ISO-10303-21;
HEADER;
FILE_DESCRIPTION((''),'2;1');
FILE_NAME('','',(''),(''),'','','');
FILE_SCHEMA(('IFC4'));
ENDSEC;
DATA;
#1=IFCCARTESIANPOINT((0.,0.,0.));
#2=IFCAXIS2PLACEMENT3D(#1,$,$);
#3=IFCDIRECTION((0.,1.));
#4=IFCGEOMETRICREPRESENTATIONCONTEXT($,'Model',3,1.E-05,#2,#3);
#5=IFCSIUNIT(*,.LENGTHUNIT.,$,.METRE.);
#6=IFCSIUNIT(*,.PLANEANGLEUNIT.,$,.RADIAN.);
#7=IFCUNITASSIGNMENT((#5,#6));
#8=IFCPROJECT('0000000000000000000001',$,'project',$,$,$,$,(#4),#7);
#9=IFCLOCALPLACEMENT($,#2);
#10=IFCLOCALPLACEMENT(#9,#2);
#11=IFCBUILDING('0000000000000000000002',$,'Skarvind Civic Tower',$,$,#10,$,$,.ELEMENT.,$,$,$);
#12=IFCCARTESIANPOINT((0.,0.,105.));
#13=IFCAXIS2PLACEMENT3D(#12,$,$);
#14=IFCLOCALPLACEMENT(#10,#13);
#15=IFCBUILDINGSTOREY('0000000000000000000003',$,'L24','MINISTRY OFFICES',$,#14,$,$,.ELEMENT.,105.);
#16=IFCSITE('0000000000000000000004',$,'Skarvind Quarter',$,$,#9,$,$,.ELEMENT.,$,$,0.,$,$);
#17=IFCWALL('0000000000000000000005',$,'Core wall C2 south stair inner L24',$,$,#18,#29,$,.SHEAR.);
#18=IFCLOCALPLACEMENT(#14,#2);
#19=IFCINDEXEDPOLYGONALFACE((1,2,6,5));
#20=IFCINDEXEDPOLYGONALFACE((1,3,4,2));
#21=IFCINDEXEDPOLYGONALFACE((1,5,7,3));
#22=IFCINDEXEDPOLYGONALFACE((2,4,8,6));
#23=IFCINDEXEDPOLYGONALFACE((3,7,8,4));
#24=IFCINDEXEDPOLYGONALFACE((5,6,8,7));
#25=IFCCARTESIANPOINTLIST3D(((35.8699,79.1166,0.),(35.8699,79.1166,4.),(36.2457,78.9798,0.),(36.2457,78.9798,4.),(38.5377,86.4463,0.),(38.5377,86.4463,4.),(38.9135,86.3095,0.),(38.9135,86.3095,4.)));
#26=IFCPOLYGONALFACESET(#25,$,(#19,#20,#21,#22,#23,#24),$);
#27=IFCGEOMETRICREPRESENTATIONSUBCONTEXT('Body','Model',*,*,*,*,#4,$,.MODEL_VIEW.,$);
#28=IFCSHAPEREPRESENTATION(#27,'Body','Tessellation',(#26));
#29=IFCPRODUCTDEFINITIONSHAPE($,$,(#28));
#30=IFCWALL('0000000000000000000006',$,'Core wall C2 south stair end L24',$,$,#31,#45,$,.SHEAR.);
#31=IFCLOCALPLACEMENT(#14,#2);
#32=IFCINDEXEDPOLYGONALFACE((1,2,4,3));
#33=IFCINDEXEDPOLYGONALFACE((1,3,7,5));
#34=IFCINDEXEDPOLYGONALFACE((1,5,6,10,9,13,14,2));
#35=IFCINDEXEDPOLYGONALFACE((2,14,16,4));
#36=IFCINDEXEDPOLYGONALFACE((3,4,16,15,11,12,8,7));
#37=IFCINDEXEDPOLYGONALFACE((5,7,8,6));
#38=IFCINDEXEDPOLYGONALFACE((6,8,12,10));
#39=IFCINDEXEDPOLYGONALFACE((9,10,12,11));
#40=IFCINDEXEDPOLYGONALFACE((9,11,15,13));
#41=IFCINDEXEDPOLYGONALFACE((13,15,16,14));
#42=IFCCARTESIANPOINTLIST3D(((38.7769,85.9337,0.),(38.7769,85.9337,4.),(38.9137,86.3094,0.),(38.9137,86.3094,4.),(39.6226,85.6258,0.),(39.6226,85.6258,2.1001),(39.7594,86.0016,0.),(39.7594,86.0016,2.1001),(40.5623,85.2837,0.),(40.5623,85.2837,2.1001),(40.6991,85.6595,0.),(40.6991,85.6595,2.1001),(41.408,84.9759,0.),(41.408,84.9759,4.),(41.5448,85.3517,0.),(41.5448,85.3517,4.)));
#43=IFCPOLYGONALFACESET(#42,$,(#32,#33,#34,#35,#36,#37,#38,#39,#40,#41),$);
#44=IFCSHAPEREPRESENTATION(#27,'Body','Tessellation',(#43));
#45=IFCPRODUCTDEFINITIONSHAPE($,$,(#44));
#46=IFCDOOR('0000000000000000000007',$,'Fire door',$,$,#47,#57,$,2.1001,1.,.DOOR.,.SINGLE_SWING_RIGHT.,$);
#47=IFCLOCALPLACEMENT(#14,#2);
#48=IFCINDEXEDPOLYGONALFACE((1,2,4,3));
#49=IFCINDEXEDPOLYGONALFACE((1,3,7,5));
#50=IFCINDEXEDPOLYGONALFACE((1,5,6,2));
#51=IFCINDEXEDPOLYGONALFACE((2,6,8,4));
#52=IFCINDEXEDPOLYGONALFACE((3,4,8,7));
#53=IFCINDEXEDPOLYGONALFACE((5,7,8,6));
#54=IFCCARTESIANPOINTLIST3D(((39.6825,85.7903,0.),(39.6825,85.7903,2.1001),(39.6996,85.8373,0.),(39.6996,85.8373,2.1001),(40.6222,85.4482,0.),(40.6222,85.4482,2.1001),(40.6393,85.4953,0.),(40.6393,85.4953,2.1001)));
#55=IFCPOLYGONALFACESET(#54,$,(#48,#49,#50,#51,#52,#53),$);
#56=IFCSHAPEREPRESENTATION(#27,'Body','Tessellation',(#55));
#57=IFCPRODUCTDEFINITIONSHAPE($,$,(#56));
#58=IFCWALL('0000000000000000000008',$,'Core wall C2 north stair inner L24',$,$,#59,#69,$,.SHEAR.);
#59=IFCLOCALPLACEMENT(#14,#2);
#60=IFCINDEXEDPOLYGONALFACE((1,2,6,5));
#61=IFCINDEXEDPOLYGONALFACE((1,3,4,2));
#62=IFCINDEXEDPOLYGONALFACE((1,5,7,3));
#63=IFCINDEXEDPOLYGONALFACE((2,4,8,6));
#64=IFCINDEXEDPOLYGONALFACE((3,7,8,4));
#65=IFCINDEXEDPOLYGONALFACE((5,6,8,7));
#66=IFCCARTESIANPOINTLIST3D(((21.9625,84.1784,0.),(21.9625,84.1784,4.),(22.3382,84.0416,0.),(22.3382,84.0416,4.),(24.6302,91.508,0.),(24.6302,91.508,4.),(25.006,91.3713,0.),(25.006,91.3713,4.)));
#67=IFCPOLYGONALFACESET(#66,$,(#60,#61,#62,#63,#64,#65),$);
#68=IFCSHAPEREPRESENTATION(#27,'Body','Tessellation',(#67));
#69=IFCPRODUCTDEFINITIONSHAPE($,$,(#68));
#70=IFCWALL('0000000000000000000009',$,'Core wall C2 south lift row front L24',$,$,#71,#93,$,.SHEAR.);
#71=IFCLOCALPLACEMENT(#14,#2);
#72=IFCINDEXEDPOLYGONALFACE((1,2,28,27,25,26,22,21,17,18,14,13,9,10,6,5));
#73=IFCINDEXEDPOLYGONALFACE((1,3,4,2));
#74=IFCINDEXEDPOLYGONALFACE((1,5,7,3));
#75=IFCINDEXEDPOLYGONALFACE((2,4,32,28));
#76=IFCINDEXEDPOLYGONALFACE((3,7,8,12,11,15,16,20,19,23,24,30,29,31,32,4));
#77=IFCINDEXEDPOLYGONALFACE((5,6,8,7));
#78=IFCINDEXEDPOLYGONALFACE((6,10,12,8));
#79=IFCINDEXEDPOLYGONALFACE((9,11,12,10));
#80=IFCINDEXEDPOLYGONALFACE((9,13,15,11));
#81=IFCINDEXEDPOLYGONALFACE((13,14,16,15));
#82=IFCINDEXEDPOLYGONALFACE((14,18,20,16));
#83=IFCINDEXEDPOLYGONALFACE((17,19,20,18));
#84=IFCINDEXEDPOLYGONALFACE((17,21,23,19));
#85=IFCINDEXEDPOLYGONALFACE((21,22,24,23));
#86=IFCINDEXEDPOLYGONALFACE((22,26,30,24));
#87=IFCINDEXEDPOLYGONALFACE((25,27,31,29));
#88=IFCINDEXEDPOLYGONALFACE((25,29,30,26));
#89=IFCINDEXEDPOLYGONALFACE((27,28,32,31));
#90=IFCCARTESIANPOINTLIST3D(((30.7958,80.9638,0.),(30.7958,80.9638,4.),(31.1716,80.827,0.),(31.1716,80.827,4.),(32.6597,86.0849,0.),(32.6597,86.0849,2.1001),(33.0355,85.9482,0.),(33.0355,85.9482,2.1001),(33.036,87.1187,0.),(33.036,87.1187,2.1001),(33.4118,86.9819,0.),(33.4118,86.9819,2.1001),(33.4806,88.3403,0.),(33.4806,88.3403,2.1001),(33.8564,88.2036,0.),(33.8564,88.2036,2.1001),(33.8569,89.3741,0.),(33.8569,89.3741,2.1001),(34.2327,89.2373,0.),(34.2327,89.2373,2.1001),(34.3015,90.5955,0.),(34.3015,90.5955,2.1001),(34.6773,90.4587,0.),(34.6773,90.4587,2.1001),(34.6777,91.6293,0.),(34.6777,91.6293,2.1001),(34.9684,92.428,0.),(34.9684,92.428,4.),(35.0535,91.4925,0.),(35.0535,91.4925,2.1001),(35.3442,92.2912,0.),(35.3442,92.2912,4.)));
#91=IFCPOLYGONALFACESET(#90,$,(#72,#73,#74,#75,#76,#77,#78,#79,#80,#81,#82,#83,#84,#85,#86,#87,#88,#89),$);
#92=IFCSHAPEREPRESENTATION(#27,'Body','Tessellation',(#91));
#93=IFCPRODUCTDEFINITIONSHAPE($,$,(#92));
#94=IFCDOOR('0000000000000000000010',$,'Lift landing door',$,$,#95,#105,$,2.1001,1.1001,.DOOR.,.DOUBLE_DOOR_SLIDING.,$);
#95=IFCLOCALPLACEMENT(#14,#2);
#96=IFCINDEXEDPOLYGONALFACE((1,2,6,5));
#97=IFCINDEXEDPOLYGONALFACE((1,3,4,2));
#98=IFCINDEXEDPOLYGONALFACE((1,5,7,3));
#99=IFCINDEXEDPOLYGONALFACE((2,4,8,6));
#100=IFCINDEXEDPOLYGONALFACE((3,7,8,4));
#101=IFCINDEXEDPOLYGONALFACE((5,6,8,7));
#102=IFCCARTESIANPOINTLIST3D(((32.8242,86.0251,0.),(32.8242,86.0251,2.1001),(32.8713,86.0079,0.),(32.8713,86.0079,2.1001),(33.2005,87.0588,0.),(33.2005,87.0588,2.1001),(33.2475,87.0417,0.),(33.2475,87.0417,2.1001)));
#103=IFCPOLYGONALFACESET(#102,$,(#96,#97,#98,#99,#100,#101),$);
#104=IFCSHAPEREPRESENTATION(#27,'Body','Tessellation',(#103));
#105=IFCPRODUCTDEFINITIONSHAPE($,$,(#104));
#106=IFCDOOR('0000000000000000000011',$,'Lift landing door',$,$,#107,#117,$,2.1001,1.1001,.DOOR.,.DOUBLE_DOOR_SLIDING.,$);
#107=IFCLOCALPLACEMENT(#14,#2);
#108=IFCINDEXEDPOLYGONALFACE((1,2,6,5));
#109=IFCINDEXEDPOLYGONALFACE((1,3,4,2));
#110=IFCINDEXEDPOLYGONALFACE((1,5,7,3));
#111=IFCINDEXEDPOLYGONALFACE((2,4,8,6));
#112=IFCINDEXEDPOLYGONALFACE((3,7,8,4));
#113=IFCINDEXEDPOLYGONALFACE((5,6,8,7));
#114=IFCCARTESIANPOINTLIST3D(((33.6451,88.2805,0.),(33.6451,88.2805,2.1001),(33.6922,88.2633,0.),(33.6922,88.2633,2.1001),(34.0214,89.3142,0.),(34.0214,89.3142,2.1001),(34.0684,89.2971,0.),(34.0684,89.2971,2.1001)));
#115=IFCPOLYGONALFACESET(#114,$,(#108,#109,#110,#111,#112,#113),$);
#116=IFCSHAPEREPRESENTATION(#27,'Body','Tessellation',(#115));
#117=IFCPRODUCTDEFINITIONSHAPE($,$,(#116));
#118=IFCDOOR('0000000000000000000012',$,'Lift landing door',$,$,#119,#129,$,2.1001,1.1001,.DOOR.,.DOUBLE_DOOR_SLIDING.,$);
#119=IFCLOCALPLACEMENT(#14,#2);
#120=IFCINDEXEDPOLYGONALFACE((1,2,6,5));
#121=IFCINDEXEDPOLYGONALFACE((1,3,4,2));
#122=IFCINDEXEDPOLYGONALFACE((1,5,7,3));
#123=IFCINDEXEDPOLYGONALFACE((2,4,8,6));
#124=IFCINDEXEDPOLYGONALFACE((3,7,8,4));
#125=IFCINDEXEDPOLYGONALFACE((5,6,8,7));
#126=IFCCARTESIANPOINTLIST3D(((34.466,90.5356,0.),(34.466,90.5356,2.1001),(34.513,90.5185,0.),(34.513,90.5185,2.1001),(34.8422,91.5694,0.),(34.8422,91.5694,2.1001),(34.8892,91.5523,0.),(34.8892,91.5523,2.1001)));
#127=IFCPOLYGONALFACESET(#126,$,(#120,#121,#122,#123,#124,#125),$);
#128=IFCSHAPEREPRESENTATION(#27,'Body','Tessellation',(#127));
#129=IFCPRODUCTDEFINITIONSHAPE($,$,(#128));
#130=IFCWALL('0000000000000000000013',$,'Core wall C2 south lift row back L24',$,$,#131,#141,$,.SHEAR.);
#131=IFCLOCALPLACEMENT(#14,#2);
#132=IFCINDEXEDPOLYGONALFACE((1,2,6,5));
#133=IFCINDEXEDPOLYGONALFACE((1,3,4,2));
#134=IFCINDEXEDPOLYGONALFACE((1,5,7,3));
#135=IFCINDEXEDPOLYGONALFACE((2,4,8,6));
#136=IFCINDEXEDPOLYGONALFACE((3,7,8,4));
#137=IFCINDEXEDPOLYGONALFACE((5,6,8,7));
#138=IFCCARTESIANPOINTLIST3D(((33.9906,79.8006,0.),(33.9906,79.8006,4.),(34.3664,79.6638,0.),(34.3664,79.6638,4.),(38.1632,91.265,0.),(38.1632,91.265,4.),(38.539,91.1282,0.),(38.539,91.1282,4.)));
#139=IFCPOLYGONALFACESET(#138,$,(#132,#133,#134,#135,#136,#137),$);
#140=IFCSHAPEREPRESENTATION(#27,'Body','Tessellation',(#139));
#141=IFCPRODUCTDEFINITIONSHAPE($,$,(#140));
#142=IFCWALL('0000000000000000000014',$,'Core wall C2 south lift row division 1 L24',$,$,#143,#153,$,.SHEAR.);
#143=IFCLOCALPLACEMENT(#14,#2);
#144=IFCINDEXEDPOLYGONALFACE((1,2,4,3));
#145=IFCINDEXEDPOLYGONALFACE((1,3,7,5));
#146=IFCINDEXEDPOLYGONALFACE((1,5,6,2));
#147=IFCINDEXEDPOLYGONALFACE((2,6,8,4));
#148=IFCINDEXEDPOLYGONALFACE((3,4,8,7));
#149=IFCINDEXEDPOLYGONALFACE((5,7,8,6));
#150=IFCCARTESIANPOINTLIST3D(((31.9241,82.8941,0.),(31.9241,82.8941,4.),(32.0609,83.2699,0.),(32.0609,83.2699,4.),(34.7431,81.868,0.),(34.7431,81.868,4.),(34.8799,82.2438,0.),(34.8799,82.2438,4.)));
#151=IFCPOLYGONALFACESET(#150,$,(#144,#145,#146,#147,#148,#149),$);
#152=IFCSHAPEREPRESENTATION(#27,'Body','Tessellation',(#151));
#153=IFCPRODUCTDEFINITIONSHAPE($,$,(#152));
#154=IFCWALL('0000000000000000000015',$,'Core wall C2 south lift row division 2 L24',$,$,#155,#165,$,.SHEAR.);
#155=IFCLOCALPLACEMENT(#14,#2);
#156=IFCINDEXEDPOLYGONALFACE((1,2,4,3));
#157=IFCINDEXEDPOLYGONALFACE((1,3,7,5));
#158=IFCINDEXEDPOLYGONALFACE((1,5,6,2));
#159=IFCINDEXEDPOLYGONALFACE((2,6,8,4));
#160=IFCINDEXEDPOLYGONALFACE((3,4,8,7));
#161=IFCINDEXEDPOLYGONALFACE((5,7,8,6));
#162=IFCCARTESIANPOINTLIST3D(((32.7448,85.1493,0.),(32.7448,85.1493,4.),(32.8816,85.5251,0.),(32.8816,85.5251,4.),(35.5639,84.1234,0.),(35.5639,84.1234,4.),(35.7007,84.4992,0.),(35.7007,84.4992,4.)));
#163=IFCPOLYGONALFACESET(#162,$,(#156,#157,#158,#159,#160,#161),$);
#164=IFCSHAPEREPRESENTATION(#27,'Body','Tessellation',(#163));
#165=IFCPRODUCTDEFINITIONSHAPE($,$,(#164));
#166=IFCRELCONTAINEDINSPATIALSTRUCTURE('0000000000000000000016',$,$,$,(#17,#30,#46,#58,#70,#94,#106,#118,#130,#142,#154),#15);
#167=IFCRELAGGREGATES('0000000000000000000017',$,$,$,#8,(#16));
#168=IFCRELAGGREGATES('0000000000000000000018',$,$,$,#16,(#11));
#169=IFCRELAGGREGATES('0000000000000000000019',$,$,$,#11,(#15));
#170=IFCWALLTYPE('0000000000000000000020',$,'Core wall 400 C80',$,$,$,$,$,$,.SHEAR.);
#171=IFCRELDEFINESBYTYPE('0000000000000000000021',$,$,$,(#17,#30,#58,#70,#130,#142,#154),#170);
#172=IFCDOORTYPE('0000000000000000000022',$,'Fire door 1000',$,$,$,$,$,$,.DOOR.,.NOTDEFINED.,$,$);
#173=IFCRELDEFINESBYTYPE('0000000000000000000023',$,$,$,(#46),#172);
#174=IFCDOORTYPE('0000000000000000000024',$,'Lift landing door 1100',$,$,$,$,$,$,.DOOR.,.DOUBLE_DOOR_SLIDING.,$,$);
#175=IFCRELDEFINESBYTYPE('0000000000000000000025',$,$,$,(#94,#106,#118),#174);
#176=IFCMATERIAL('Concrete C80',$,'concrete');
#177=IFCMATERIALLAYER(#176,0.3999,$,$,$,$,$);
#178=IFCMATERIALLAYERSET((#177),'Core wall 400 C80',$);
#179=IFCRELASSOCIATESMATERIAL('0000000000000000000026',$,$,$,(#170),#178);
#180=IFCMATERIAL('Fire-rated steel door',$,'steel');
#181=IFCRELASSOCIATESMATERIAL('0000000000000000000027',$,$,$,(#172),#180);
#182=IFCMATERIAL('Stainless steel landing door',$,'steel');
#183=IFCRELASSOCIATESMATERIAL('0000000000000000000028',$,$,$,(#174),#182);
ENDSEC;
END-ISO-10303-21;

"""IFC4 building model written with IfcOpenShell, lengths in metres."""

from ifc_helpers import new_model, si_unit, direction, frame, frame_2d, origin, place, context, subcontext, project, spatial, rectangle, extrude, material, layer, layer_set, type_object, element, fill, save


model = new_model("IFC4")

# Units and contexts
model_context = context("Model", 3, precision=1e-05, world=origin(), true_north=direction((0.0, 1.0)))
body_context = subcontext(model_context, "Body", "Model", "MODEL_VIEW")
ifc_project = project(units=[si_unit("LENGTHUNIT", "METRE"), si_unit("PLANEANGLEUNIT", "RADIAN")], contexts=[model_context])

# Site, building, storey
site_placement = place(None, origin())
site = spatial("IfcSite", under=ifc_project, at=site_placement, Name="Skarvind Quarter", CompositionType="ELEMENT", RefElevation=0.0)
building_placement = place(site_placement, origin())
building = spatial("IfcBuilding", under=site, at=building_placement, Name="Skarvind Civic Tower", CompositionType="ELEMENT")
storey_placement = place(building_placement, frame((0.0, 0.0, 105.0)))
storey = spatial("IfcBuildingStorey", under=building, at=storey_placement, Name="L24", Description="MINISTRY OFFICES", CompositionType="ELEMENT", Elevation=105.0)

# Wall
ifc_material_1 = material(Name="Concrete C80", Category="concrete")
ifc_layer_1 = layer(ifc_material_1, 0.3999)
ifc_layer_set_1 = layer_set([ifc_layer_1], Name="Core wall 400 C80")
wall_type_1 = type_object("IfcWallType", Name="Core wall 400 C80", PredefinedType="SHEAR", material=ifc_layer_set_1)
wall_1_placement = place(storey_placement, frame((36.0579, 79.0483, 0.0), z_axis=(0.0, 0.0, 1.0), x_axis=(0.342017, 0.939694, 0.0)))
element("IfcWall", 1, at=wall_1_placement, inside=storey, type_object=wall_type_1, Name="Core wall C2 south stair inner L24", PredefinedType="SHEAR", context=body_context, shape_type="SweptSolid", body=[
    extrude(rectangle(XDim=7.8, YDim=0.3999, at=frame_2d((3.8999, 0.0))), origin(), (0.0, 0.0, 1.0), 4.0),
])

# Wall, opening, door
wall_2_placement = place(storey_placement, frame((41.4763, 85.1638, 0.0), z_axis=(0.0, 0.0, 1.0), x_axis=(-0.939679, 0.342058, 0.0)))
wall_2 = element("IfcWall", 2, at=wall_2_placement, inside=storey, type_object=wall_type_1, Name="Core wall C2 south stair end L24", PredefinedType="SHEAR", context=body_context, shape_type="SweptSolid", body=[
    extrude(rectangle(XDim=2.8, YDim=0.3999, at=frame_2d((1.3999, 0.0))), origin(), (0.0, 0.0, 1.0), 4.0),
])
opening_1_placement = place(wall_2_placement, frame((0.8999, 0.0, 0.0)))
opening_1 = element("IfcOpeningElement", 3, at=opening_1_placement, cuts=wall_2, PredefinedType="OPENING", context=body_context, shape_type="SweptSolid", body=[
    extrude(rectangle(XDim=1.0, YDim=2.1001, at=frame_2d((0.5, 1.05))), frame((0.0, 0.21, 0.0), z_axis=(0.0, -1.0, 0.0), x_axis=(1.0, 0.0, 0.0)), (0.0, 0.0, 1.0), 0.4199),
])
ifc_material_2 = material(Name="Fire-rated steel door", Category="steel")
door_type_1 = type_object("IfcDoorType", Name="Fire door 1000", OperationType="NOTDEFINED", PredefinedType="DOOR", material=ifc_material_2)
door_1_placement = place(opening_1_placement, origin())
door_1 = element("IfcDoor", 4, at=door_1_placement, inside=storey, type_object=door_type_1, Name="Fire door", OperationType="SINGLE_SWING_RIGHT", OverallHeight=2.1001, OverallWidth=1.0, PredefinedType="DOOR", context=body_context, shape_type="SweptSolid", body=[
    extrude(rectangle(XDim=1.0, YDim=2.1001, at=frame_2d((0.5, 1.05))), frame((0.0, 0.0249, 0.0), z_axis=(0.0, -1.0, 0.0), x_axis=(1.0, 0.0, 0.0)), (0.0, 0.0, 1.0), 0.05),
])
fill(opening_1, door_1)

# Wall
wall_3_placement = place(storey_placement, frame((22.1504, 84.1101, 0.0), z_axis=(0.0, 0.0, 1.0), x_axis=(0.342017, 0.939694, 0.0)))
element("IfcWall", 5, at=wall_3_placement, inside=storey, type_object=wall_type_1, Name="Core wall C2 north stair inner L24", PredefinedType="SHEAR", context=body_context, shape_type="SweptSolid", body=[
    extrude(rectangle(XDim=7.8, YDim=0.3999, at=frame_2d((3.8999, 0.0))), origin(), (0.0, 0.0, 1.0), 4.0),
])

# Wall, openings, doors
wall_4_placement = place(storey_placement, frame((30.9836, 80.8953, 0.0), z_axis=(0.0, 0.0, 1.0), x_axis=(0.342021, 0.939692, 0.0)))
wall_4 = element("IfcWall", 6, at=wall_4_placement, inside=storey, type_object=wall_type_1, Name="Core wall C2 south lift row front L24", PredefinedType="SHEAR", context=body_context, shape_type="SweptSolid", body=[
    extrude(rectangle(XDim=12.2, YDim=0.3999, at=frame_2d((6.1001, 0.0))), origin(), (0.0, 0.0, 1.0), 4.0),
])
opening_2_placement = place(wall_4_placement, frame((5.45, 0.0, 0.0)))
opening_2 = element("IfcOpeningElement", 7, at=opening_2_placement, cuts=wall_4, PredefinedType="OPENING", context=body_context, shape_type="SweptSolid", body=[
    extrude(rectangle(XDim=1.1001, YDim=2.1001, at=frame_2d((0.55, 1.05))), frame((0.0, 0.21, 0.0), z_axis=(0.0, -1.0, 0.0), x_axis=(1.0, 0.0, 0.0)), (0.0, 0.0, 1.0), 0.4199),
])
opening_3_placement = place(wall_4_placement, frame((7.8501, 0.0, 0.0)))
opening_3 = element("IfcOpeningElement", 8, at=opening_3_placement, cuts=wall_4, PredefinedType="OPENING", context=body_context, shape_type="SweptSolid", body=[
    extrude(rectangle(XDim=1.1001, YDim=2.1001, at=frame_2d((0.55, 1.05))), frame((0.0, 0.21, 0.0), z_axis=(0.0, -1.0, 0.0), x_axis=(1.0, 0.0, 0.0)), (0.0, 0.0, 1.0), 0.4199),
])
opening_4_placement = place(wall_4_placement, frame((10.25, 0.0, 0.0)))
opening_4 = element("IfcOpeningElement", 9, at=opening_4_placement, cuts=wall_4, PredefinedType="OPENING", context=body_context, shape_type="SweptSolid", body=[
    extrude(rectangle(XDim=1.1001, YDim=2.1001, at=frame_2d((0.55, 1.05))), frame((0.0, 0.21, 0.0), z_axis=(0.0, -1.0, 0.0), x_axis=(1.0, 0.0, 0.0)), (0.0, 0.0, 1.0), 0.4199),
])
ifc_material_3 = material(Name="Stainless steel landing door", Category="steel")
door_type_2 = type_object("IfcDoorType", Name="Lift landing door 1100", OperationType="DOUBLE_DOOR_SLIDING", PredefinedType="DOOR", material=ifc_material_3)
door_2_placement = place(opening_2_placement, origin())
door_2 = element("IfcDoor", 10, at=door_2_placement, inside=storey, type_object=door_type_2, Name="Lift landing door", OperationType="DOUBLE_DOOR_SLIDING", OverallHeight=2.1001, OverallWidth=1.1001, PredefinedType="DOOR", context=body_context, shape_type="SweptSolid", body=[
    extrude(rectangle(XDim=1.1001, YDim=2.1001, at=frame_2d((0.55, 1.05))), frame((0.0, 0.0249, 0.0), z_axis=(0.0, -1.0, 0.0), x_axis=(1.0, 0.0, 0.0)), (0.0, 0.0, 1.0), 0.05),
])
fill(opening_2, door_2)
door_3_placement = place(opening_3_placement, origin())
door_3 = element("IfcDoor", 11, at=door_3_placement, inside=storey, type_object=door_type_2, Name="Lift landing door", OperationType="DOUBLE_DOOR_SLIDING", OverallHeight=2.1001, OverallWidth=1.1001, PredefinedType="DOOR", context=body_context, shape_type="SweptSolid", body=[
    extrude(rectangle(XDim=1.1001, YDim=2.1001, at=frame_2d((0.55, 1.05))), frame((0.0, 0.0249, 0.0), z_axis=(0.0, -1.0, 0.0), x_axis=(1.0, 0.0, 0.0)), (0.0, 0.0, 1.0), 0.05),
])
fill(opening_3, door_3)
door_4_placement = place(opening_4_placement, origin())
door_4 = element("IfcDoor", 12, at=door_4_placement, inside=storey, type_object=door_type_2, Name="Lift landing door", OperationType="DOUBLE_DOOR_SLIDING", OverallHeight=2.1001, OverallWidth=1.1001, PredefinedType="DOOR", context=body_context, shape_type="SweptSolid", body=[
    extrude(rectangle(XDim=1.1001, YDim=2.1001, at=frame_2d((0.55, 1.05))), frame((0.0, 0.0249, 0.0), z_axis=(0.0, -1.0, 0.0), x_axis=(1.0, 0.0, 0.0)), (0.0, 0.0, 1.0), 0.05),
])
fill(opening_4, door_4)

# Walls
wall_5_placement = place(storey_placement, frame((34.1785, 79.7322, 0.0), z_axis=(0.0, 0.0, 1.0), x_axis=(0.342015, 0.939695, 0.0)))
element("IfcWall", 13, at=wall_5_placement, inside=storey, type_object=wall_type_1, Name="Core wall C2 south lift row back L24", PredefinedType="SHEAR", context=body_context, shape_type="SweptSolid", body=[
    extrude(rectangle(XDim=12.2002, YDim=0.3999, at=frame_2d((6.1001, 0.0))), origin(), (0.0, 0.0, 1.0), 4.0),
])
for number, where, z_axis, x_axis, name in (
    (14, (34.8115, 82.0559, 0.0), (0.0, 0.0, 1.0), (-0.939686, 0.342037, 0.0), "Core wall C2 south lift row division 1 L24"),
    (15, (35.6323, 84.3113, 0.0), (0.0, 0.0, 1.0), (-0.939713, 0.341965, 0.0), "Core wall C2 south lift row division 2 L24"),
):
    element("IfcWall", number, at=place(storey_placement, frame(where, z_axis=z_axis, x_axis=x_axis)), inside=storey, type_object=wall_type_1, Name=name, PredefinedType="SHEAR", context=body_context, shape_type="SweptSolid", body=[
        extrude(rectangle(XDim=3.0, YDim=0.3999, at=frame_2d((1.5, 0.0))), origin(), (0.0, 0.0, 1.0), 4.0),
    ])

save(model, "model.ifc")
